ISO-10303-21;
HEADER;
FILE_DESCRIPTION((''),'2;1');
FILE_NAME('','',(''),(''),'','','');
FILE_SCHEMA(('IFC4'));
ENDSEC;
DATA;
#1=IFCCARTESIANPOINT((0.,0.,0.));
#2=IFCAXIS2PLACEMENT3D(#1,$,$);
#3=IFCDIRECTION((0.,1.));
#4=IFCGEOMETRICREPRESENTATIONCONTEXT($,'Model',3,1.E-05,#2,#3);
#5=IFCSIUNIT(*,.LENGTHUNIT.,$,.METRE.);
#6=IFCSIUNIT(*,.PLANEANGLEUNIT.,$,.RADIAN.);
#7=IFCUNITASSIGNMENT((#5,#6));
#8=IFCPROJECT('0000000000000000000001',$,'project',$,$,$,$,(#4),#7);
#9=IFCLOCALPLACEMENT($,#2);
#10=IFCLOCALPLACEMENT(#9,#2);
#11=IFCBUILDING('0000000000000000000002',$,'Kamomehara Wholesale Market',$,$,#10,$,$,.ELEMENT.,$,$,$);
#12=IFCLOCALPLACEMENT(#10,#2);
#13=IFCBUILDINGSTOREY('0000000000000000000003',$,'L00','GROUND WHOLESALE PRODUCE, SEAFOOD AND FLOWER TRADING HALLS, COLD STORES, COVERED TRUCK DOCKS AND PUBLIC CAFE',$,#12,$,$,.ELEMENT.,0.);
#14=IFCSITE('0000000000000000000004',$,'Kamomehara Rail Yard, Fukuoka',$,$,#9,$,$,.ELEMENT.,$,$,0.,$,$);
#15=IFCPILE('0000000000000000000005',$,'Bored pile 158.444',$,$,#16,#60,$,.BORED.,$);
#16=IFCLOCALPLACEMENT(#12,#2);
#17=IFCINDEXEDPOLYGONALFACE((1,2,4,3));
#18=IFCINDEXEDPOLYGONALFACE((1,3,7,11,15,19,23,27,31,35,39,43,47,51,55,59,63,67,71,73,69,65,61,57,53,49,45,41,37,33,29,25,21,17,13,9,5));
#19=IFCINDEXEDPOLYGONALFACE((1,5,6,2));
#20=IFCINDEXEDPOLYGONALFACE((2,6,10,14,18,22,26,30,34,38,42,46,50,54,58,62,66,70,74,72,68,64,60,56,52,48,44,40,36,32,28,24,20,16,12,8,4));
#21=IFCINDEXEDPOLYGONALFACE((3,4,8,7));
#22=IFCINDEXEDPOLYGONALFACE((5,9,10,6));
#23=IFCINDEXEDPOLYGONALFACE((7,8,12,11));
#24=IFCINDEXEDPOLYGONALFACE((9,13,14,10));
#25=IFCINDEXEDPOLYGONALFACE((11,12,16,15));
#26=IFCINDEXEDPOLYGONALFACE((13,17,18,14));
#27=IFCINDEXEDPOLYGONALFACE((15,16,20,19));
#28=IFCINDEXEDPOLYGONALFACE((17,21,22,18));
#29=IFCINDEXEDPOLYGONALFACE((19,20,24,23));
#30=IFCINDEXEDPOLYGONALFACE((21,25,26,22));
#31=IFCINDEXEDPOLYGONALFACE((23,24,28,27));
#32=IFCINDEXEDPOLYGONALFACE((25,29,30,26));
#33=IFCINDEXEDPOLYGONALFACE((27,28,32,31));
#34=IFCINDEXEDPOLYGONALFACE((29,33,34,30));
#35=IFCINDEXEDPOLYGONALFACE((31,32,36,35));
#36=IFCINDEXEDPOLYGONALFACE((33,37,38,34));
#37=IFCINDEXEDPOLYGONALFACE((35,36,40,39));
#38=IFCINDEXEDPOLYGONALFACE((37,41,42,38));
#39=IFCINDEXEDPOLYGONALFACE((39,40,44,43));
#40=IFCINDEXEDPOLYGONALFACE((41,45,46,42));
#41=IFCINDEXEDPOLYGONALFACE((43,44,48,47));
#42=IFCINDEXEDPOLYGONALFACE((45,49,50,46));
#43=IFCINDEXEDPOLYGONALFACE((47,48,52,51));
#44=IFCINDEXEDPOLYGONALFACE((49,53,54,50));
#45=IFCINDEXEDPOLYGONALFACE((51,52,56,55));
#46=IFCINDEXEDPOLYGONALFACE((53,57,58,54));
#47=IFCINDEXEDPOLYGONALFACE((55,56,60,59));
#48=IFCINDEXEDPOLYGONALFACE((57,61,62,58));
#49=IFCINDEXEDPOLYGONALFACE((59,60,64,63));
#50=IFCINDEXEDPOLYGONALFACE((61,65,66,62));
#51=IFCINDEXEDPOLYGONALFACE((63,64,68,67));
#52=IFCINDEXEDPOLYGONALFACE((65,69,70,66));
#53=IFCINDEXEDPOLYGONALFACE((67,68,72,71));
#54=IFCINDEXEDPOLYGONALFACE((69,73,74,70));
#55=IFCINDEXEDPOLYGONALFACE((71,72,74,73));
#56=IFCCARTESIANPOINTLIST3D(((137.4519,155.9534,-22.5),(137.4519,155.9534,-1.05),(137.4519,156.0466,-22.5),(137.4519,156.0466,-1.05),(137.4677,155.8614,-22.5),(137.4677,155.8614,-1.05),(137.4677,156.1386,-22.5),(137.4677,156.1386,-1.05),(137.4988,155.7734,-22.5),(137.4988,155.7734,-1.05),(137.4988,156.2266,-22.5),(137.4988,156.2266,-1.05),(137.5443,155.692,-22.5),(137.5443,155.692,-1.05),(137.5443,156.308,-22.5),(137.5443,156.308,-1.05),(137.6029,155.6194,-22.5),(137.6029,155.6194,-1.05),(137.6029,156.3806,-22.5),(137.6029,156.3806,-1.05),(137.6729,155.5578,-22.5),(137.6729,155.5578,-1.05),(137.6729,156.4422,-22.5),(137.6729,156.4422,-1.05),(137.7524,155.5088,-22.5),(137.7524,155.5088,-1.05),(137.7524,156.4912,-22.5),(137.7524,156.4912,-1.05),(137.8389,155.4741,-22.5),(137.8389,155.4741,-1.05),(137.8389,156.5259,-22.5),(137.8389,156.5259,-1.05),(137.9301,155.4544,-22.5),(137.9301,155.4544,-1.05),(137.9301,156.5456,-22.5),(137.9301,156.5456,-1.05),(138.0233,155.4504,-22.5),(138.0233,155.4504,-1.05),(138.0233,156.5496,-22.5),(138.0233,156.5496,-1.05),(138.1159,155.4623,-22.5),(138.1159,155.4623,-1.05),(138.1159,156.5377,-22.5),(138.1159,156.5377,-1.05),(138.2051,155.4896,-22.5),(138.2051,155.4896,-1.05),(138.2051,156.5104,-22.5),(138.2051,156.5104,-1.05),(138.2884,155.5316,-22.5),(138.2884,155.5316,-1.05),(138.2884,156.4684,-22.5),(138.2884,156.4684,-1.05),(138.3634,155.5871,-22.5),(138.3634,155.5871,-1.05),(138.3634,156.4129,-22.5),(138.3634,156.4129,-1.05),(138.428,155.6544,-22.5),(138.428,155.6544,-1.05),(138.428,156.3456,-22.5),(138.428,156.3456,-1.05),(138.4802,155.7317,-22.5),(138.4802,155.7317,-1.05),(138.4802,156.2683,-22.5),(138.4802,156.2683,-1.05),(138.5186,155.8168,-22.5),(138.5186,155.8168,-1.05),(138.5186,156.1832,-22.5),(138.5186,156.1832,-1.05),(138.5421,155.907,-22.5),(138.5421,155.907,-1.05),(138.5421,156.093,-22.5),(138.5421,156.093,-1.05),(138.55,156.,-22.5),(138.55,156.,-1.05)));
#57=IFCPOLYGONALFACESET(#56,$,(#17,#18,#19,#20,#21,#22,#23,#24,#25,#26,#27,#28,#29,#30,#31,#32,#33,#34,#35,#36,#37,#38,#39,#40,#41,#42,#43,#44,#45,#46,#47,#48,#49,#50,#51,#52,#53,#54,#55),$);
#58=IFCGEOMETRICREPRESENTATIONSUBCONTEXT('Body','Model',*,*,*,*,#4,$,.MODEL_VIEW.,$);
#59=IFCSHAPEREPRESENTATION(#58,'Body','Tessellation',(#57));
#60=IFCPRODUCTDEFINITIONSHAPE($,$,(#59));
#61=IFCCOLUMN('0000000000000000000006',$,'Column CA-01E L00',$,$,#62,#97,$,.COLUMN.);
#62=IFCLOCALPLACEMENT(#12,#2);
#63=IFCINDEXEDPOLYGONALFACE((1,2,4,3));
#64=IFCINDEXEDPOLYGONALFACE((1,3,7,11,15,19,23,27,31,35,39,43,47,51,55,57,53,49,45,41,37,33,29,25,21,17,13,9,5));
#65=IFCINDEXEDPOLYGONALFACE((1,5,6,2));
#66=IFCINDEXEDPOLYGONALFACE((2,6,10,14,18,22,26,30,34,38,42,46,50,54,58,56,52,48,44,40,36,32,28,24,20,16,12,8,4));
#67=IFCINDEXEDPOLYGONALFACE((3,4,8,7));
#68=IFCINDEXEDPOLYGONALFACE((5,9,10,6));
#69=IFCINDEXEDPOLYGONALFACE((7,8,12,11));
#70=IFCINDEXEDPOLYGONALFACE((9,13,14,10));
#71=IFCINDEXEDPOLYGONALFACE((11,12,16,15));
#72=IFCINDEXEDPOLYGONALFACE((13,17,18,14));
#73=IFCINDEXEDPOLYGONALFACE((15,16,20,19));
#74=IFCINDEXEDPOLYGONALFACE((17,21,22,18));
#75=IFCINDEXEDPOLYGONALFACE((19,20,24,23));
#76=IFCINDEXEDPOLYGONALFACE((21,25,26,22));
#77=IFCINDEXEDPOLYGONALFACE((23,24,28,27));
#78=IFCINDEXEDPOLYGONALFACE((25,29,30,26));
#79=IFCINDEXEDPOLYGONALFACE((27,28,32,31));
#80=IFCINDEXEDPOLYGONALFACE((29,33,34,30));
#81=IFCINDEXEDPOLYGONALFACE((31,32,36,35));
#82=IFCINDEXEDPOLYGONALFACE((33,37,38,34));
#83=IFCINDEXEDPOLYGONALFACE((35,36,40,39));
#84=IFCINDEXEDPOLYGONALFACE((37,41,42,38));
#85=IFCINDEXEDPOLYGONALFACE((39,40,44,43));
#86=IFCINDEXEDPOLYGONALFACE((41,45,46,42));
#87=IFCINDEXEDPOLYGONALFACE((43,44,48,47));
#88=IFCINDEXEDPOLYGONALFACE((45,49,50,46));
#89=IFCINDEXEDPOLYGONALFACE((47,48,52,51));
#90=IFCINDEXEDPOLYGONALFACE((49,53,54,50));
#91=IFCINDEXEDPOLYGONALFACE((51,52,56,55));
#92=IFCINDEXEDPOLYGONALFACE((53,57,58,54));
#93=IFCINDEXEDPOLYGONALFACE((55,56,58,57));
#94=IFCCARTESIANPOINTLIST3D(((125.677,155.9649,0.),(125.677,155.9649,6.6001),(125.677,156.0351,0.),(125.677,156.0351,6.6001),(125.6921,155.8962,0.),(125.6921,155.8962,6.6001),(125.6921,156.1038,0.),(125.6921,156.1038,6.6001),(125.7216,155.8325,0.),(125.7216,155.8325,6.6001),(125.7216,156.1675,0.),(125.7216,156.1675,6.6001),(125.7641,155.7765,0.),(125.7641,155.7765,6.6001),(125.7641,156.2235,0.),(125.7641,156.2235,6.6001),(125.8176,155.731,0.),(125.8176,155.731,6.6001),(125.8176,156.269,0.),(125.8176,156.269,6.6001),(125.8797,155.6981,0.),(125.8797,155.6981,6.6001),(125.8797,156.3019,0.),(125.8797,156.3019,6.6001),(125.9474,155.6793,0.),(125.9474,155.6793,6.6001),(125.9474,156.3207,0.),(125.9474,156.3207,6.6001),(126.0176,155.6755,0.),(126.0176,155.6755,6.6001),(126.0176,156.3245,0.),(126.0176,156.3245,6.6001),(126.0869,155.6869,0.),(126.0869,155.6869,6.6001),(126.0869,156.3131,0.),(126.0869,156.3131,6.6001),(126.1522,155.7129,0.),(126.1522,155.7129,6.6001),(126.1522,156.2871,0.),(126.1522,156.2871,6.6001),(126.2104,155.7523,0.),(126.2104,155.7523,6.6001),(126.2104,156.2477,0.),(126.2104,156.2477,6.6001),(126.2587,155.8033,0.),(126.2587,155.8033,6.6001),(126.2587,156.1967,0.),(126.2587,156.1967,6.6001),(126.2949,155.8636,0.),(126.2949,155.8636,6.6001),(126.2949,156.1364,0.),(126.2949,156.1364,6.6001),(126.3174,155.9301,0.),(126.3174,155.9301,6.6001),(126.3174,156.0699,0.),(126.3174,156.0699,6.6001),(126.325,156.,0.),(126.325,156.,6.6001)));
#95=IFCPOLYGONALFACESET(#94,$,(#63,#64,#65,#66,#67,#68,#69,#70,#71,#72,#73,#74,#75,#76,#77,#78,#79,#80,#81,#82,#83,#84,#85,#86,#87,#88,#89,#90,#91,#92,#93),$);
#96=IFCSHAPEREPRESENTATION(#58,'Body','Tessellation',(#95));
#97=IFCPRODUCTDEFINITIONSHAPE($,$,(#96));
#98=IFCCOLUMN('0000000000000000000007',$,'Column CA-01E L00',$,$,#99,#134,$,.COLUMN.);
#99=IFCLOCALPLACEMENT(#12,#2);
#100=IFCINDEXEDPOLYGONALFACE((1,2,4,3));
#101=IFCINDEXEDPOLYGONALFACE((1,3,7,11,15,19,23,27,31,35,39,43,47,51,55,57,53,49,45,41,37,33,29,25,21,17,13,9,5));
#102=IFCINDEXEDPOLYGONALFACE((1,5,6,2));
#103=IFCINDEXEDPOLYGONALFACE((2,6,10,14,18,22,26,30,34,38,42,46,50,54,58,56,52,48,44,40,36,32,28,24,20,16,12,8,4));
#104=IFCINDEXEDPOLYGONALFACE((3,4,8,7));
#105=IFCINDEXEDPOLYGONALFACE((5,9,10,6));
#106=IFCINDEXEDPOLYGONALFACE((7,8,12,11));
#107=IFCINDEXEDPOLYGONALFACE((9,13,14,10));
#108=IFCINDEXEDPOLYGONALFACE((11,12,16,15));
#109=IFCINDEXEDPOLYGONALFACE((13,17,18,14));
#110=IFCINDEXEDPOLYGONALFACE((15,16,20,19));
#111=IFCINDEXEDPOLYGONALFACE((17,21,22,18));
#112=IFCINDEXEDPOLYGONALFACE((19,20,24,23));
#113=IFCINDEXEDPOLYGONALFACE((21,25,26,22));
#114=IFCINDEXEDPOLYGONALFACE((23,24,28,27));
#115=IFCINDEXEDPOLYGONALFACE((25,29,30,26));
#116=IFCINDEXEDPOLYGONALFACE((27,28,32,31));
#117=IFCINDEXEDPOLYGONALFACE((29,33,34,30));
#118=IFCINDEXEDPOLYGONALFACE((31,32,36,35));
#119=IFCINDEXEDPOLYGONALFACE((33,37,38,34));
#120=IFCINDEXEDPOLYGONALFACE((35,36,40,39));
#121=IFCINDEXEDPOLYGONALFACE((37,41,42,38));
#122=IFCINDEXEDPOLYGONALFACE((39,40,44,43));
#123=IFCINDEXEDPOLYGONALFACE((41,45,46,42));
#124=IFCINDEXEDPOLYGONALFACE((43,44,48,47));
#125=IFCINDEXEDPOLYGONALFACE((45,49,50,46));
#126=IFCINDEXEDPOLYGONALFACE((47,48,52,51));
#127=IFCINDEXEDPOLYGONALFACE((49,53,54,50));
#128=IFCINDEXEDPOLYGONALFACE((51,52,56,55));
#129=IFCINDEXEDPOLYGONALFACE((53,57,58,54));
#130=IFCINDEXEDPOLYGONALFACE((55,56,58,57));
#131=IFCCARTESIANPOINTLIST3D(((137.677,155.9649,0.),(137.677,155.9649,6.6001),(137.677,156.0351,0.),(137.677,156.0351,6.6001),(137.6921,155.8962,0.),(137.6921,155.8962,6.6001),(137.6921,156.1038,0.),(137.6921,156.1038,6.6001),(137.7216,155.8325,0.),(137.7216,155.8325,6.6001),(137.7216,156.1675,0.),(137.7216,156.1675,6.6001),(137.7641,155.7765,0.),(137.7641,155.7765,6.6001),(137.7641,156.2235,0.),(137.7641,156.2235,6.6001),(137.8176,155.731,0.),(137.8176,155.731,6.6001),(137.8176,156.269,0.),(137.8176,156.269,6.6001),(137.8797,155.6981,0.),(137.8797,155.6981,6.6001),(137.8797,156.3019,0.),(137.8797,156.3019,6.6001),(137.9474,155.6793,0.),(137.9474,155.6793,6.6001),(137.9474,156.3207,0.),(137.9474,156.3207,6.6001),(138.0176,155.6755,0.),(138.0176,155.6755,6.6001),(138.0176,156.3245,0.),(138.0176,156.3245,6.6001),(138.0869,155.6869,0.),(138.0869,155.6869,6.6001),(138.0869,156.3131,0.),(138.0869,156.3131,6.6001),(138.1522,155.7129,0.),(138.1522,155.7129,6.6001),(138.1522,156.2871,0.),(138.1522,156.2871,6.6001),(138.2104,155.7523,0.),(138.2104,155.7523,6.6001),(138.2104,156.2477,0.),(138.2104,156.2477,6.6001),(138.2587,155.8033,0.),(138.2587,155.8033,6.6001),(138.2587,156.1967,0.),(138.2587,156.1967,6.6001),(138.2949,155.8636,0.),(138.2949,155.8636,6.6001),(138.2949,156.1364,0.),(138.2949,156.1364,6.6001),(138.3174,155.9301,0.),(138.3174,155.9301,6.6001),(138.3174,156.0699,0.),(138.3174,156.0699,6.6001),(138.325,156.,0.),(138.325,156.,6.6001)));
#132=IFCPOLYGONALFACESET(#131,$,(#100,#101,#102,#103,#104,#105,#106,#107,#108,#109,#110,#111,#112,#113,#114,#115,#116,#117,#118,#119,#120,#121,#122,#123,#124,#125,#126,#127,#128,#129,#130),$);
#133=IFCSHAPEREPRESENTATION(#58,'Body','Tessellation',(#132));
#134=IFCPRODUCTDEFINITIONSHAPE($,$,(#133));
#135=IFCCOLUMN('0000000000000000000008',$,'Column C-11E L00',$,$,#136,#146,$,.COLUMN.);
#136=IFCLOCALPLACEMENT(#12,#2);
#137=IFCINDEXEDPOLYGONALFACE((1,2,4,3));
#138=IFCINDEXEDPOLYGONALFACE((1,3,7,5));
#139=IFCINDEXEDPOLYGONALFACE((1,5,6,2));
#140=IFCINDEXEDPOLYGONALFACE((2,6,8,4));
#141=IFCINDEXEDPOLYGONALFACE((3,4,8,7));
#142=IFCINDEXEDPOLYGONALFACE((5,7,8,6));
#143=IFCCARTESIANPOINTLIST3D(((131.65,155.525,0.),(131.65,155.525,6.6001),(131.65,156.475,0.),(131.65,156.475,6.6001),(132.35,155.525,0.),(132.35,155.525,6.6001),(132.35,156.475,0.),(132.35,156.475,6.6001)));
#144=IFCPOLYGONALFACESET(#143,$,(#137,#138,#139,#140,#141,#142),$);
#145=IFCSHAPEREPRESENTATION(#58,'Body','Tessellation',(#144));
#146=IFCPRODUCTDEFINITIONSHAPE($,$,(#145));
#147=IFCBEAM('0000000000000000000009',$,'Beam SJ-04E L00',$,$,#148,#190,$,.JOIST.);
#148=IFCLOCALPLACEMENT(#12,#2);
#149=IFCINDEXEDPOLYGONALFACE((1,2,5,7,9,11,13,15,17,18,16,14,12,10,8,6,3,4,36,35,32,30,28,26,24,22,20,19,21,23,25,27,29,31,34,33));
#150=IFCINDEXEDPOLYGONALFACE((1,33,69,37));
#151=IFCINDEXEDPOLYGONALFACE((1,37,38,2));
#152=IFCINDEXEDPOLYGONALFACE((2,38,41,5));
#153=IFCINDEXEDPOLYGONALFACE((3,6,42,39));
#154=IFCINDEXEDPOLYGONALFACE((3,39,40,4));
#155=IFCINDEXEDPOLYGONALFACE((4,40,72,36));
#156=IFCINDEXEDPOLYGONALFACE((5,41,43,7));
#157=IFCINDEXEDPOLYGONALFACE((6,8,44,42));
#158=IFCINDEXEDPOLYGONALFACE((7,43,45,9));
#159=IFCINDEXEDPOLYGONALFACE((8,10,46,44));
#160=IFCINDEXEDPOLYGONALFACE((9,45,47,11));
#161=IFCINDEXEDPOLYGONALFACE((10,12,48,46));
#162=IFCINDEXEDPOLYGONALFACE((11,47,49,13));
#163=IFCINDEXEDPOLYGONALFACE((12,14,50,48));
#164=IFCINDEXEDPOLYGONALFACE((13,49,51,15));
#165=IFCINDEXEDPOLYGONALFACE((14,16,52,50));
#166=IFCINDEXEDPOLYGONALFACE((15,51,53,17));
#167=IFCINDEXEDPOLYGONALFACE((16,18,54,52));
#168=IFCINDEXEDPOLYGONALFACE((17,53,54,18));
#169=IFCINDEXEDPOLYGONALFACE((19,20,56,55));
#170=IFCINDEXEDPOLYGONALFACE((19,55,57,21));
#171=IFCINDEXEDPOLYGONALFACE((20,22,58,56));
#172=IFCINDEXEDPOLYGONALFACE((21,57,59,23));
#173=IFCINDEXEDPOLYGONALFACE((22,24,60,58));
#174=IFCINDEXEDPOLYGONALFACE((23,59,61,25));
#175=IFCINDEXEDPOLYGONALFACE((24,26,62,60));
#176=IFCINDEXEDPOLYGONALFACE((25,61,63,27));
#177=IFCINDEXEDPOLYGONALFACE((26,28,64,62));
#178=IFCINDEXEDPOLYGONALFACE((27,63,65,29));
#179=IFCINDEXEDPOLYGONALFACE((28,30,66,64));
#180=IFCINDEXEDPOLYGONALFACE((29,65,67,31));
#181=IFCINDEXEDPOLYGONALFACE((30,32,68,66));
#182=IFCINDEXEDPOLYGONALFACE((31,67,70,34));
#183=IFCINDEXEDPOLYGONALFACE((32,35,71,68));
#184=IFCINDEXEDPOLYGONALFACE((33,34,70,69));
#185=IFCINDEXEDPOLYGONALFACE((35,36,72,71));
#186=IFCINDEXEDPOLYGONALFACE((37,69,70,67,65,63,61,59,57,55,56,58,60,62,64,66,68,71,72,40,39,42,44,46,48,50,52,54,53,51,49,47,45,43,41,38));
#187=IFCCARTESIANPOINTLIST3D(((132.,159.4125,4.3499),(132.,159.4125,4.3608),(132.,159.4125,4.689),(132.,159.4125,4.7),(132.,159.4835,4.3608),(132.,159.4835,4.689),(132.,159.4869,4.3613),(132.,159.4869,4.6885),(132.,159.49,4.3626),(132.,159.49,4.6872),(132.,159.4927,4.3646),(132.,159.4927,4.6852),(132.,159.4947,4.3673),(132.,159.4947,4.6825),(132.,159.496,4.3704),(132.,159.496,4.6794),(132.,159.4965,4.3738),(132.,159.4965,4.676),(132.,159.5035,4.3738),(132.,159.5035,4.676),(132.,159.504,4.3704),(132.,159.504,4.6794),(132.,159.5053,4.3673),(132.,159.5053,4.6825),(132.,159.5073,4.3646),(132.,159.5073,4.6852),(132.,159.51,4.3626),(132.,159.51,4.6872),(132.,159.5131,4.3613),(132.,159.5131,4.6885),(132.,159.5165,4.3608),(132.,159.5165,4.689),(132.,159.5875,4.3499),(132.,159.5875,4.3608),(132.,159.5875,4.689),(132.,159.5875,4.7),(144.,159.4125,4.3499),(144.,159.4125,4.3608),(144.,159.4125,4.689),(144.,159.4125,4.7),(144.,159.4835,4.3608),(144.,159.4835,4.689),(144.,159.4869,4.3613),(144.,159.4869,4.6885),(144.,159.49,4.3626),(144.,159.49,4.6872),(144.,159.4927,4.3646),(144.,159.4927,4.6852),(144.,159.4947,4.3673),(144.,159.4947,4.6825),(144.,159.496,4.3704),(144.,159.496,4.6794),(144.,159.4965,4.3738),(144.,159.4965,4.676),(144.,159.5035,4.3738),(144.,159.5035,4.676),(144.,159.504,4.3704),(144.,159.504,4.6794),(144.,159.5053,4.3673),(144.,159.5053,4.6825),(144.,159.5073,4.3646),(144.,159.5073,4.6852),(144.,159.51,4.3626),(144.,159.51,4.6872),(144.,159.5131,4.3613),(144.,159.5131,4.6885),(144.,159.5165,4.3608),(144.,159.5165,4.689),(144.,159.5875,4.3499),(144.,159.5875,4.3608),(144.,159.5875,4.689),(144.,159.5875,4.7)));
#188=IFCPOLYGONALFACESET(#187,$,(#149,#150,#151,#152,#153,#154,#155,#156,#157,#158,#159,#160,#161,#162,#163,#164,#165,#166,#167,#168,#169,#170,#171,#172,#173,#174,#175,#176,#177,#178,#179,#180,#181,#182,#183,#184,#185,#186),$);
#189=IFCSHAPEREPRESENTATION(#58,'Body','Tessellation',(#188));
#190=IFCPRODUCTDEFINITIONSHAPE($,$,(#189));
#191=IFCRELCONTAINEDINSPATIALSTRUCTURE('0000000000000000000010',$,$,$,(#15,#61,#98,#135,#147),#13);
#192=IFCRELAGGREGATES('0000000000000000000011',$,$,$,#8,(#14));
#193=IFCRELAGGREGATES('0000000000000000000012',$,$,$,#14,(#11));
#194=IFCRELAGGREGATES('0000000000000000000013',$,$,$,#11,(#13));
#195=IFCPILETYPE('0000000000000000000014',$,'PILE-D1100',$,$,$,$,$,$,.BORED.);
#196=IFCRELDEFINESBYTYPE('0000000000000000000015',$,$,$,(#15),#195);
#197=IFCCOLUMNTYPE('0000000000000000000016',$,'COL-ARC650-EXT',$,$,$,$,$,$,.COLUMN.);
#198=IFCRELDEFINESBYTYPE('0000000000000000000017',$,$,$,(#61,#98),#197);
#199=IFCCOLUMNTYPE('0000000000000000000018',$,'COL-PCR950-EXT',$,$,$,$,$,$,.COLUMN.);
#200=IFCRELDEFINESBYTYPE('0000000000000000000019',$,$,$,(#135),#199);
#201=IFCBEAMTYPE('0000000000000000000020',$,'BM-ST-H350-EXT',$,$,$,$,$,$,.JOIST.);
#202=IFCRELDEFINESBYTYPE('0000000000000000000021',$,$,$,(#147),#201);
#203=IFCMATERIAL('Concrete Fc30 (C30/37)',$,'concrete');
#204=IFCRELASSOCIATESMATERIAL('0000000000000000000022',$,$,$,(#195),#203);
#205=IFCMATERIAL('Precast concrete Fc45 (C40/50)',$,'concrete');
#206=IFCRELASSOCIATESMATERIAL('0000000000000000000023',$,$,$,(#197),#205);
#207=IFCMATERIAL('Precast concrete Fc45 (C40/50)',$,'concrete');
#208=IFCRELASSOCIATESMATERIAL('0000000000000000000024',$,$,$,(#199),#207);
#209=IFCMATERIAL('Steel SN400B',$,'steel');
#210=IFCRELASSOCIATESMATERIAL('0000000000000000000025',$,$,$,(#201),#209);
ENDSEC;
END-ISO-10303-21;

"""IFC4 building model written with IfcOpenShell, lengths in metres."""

from ifc_helpers import new_model, si_unit, direction, frame, origin, origin_2d, place, context, subcontext, project, spatial, rectangle, circle, i_section, extrude, material, material_profile, profile_set, type_object, element, save


model = new_model("IFC4")

# Units and contexts
model_context = context("Model", 3, precision=1e-05, world=origin(), true_north=direction((0.0, 1.0)))
body_context = subcontext(model_context, "Body", "Model", "MODEL_VIEW")
ifc_project = project(units=[si_unit("LENGTHUNIT", "METRE"), si_unit("PLANEANGLEUNIT", "RADIAN")], contexts=[model_context])

# Site, building, storey
site_placement = place(None, origin())
site = spatial("IfcSite", under=ifc_project, at=site_placement, Name="Kamomehara Rail Yard, Fukuoka", CompositionType="ELEMENT", RefElevation=0.0)
building_placement = place(site_placement, origin())
building = spatial("IfcBuilding", under=site, at=building_placement, Name="Kamomehara Wholesale Market", CompositionType="ELEMENT")
storey_placement = place(building_placement, origin())
storey = spatial("IfcBuildingStorey", under=building, at=storey_placement, Name="L00", Description="GROUND WHOLESALE PRODUCE, SEAFOOD AND FLOWER TRADING HALLS, COLD STORES, COVERED TRUCK DOCKS AND PUBLIC CAFE", CompositionType="ELEMENT", Elevation=0.0)

# Pile
ifc_material_1 = material(Name="Concrete Fc30 (C30/37)", Category="concrete")
ifc_material_profile_1 = material_profile(ifc_material_1, circle(Radius=0.55, at=origin_2d()), Name="RC-PILE-D1100")
ifc_profile_set_1 = profile_set([ifc_material_profile_1], Name="Concrete Fc30 (C30/37)")
pile_type_1 = type_object("IfcPileType", Name="PILE-D1100", PredefinedType="BORED", material=ifc_profile_set_1)
pile_1_placement = place(storey_placement, frame((138.0, 156.0, -1.05), z_axis=(0.0, 0.0, -1.0), x_axis=(1.0, 0.0, 0.0)))
element("IfcPile", 1, at=pile_1_placement, inside=storey, type_object=pile_type_1, Name="Bored pile 158.444", PredefinedType="BORED", context=body_context, shape_type="SweptSolid", body=[
    extrude(circle(Radius=0.55, at=origin_2d()), origin(), (0.0, 0.0, 1.0), 21.45),
])

# Columns
ifc_material_2 = material(Name="Precast concrete Fc45 (C40/50)", Category="concrete")
ifc_material_profile_2 = material_profile(ifc_material_2, circle(Radius=0.325, at=origin_2d()), Name="PC-ARC-D650")
ifc_profile_set_2 = profile_set([ifc_material_profile_2], Name="Precast concrete Fc45 (C40/50)")
column_type_1 = type_object("IfcColumnType", Name="COL-ARC650-EXT", PredefinedType="COLUMN", material=ifc_profile_set_2)
for number, where, z_axis, x_axis, name in (
    (2, (126.0, 156.0, 0.0), (0.0, 0.0, 1.0), (1.0, 0.0, 0.0), "Column CA-01E L00"),
    (3, (138.0, 156.0, 0.0), (0.0, 0.0, 1.0), (1.0, 0.0, 0.0), "Column CA-01E L00"),
):
    element("IfcColumn", number, at=place(storey_placement, frame(where, z_axis=z_axis, x_axis=x_axis)), inside=storey, type_object=column_type_1, Name=name, PredefinedType="COLUMN", context=body_context, shape_type="SweptSolid", body=[
        extrude(circle(Radius=0.325, at=origin_2d()), origin(), (0.0, 0.0, 1.0), 6.6001),
    ])
ifc_material_3 = material(Name="Precast concrete Fc45 (C40/50)", Category="concrete")
ifc_material_profile_3 = material_profile(ifc_material_3, rectangle(XDim=0.7, YDim=0.95, at=origin_2d()), Name="PC-COL-700x950")
ifc_profile_set_3 = profile_set([ifc_material_profile_3], Name="Precast concrete Fc45 (C40/50)")
column_type_2 = type_object("IfcColumnType", Name="COL-PCR950-EXT", PredefinedType="COLUMN", material=ifc_profile_set_3)
column_placement = place(storey_placement, frame((132.0, 156.0, 0.0), z_axis=(0.0, 0.0, 1.0), x_axis=(1.0, 0.0, 0.0)))
element("IfcColumn", 4, at=column_placement, inside=storey, type_object=column_type_2, Name="Column C-11E L00", PredefinedType="COLUMN", context=body_context, shape_type="SweptSolid", body=[
    extrude(rectangle(XDim=0.7, YDim=0.95, at=origin_2d()), origin(), (0.0, 0.0, 1.0), 6.6001),
])

# Beam
ifc_material_4 = material(Name="Steel SN400B", Category="steel")
ifc_material_profile_4 = material_profile(ifc_material_4, i_section(OverallWidth=0.175, OverallDepth=0.3501, WebThickness=0.0071, FlangeThickness=0.011, FilletRadius=0.0129, at=origin_2d()), Name="H-350x175x7x11")
ifc_profile_set_4 = profile_set([ifc_material_profile_4], Name="Steel SN400B")
beam_type = type_object("IfcBeamType", Name="BM-ST-H350-EXT", PredefinedType="JOIST", material=ifc_profile_set_4)
beam_placement = place(storey_placement, frame((132.0, 159.5, 4.5249), z_axis=(1.0, 0.0, 0.0), x_axis=(0.0, 1.0, 0.0)))
element("IfcBeam", 5, at=beam_placement, inside=storey, type_object=beam_type, Name="Beam SJ-04E L00", PredefinedType="JOIST", context=body_context, shape_type="SweptSolid", body=[
    extrude(i_section(OverallWidth=0.175, OverallDepth=0.3501, WebThickness=0.0071, FlangeThickness=0.011, FilletRadius=0.0129, at=origin_2d()), origin(), (0.0, 0.0, 1.0), 12.0),
])

save(model, "model.ifc")
